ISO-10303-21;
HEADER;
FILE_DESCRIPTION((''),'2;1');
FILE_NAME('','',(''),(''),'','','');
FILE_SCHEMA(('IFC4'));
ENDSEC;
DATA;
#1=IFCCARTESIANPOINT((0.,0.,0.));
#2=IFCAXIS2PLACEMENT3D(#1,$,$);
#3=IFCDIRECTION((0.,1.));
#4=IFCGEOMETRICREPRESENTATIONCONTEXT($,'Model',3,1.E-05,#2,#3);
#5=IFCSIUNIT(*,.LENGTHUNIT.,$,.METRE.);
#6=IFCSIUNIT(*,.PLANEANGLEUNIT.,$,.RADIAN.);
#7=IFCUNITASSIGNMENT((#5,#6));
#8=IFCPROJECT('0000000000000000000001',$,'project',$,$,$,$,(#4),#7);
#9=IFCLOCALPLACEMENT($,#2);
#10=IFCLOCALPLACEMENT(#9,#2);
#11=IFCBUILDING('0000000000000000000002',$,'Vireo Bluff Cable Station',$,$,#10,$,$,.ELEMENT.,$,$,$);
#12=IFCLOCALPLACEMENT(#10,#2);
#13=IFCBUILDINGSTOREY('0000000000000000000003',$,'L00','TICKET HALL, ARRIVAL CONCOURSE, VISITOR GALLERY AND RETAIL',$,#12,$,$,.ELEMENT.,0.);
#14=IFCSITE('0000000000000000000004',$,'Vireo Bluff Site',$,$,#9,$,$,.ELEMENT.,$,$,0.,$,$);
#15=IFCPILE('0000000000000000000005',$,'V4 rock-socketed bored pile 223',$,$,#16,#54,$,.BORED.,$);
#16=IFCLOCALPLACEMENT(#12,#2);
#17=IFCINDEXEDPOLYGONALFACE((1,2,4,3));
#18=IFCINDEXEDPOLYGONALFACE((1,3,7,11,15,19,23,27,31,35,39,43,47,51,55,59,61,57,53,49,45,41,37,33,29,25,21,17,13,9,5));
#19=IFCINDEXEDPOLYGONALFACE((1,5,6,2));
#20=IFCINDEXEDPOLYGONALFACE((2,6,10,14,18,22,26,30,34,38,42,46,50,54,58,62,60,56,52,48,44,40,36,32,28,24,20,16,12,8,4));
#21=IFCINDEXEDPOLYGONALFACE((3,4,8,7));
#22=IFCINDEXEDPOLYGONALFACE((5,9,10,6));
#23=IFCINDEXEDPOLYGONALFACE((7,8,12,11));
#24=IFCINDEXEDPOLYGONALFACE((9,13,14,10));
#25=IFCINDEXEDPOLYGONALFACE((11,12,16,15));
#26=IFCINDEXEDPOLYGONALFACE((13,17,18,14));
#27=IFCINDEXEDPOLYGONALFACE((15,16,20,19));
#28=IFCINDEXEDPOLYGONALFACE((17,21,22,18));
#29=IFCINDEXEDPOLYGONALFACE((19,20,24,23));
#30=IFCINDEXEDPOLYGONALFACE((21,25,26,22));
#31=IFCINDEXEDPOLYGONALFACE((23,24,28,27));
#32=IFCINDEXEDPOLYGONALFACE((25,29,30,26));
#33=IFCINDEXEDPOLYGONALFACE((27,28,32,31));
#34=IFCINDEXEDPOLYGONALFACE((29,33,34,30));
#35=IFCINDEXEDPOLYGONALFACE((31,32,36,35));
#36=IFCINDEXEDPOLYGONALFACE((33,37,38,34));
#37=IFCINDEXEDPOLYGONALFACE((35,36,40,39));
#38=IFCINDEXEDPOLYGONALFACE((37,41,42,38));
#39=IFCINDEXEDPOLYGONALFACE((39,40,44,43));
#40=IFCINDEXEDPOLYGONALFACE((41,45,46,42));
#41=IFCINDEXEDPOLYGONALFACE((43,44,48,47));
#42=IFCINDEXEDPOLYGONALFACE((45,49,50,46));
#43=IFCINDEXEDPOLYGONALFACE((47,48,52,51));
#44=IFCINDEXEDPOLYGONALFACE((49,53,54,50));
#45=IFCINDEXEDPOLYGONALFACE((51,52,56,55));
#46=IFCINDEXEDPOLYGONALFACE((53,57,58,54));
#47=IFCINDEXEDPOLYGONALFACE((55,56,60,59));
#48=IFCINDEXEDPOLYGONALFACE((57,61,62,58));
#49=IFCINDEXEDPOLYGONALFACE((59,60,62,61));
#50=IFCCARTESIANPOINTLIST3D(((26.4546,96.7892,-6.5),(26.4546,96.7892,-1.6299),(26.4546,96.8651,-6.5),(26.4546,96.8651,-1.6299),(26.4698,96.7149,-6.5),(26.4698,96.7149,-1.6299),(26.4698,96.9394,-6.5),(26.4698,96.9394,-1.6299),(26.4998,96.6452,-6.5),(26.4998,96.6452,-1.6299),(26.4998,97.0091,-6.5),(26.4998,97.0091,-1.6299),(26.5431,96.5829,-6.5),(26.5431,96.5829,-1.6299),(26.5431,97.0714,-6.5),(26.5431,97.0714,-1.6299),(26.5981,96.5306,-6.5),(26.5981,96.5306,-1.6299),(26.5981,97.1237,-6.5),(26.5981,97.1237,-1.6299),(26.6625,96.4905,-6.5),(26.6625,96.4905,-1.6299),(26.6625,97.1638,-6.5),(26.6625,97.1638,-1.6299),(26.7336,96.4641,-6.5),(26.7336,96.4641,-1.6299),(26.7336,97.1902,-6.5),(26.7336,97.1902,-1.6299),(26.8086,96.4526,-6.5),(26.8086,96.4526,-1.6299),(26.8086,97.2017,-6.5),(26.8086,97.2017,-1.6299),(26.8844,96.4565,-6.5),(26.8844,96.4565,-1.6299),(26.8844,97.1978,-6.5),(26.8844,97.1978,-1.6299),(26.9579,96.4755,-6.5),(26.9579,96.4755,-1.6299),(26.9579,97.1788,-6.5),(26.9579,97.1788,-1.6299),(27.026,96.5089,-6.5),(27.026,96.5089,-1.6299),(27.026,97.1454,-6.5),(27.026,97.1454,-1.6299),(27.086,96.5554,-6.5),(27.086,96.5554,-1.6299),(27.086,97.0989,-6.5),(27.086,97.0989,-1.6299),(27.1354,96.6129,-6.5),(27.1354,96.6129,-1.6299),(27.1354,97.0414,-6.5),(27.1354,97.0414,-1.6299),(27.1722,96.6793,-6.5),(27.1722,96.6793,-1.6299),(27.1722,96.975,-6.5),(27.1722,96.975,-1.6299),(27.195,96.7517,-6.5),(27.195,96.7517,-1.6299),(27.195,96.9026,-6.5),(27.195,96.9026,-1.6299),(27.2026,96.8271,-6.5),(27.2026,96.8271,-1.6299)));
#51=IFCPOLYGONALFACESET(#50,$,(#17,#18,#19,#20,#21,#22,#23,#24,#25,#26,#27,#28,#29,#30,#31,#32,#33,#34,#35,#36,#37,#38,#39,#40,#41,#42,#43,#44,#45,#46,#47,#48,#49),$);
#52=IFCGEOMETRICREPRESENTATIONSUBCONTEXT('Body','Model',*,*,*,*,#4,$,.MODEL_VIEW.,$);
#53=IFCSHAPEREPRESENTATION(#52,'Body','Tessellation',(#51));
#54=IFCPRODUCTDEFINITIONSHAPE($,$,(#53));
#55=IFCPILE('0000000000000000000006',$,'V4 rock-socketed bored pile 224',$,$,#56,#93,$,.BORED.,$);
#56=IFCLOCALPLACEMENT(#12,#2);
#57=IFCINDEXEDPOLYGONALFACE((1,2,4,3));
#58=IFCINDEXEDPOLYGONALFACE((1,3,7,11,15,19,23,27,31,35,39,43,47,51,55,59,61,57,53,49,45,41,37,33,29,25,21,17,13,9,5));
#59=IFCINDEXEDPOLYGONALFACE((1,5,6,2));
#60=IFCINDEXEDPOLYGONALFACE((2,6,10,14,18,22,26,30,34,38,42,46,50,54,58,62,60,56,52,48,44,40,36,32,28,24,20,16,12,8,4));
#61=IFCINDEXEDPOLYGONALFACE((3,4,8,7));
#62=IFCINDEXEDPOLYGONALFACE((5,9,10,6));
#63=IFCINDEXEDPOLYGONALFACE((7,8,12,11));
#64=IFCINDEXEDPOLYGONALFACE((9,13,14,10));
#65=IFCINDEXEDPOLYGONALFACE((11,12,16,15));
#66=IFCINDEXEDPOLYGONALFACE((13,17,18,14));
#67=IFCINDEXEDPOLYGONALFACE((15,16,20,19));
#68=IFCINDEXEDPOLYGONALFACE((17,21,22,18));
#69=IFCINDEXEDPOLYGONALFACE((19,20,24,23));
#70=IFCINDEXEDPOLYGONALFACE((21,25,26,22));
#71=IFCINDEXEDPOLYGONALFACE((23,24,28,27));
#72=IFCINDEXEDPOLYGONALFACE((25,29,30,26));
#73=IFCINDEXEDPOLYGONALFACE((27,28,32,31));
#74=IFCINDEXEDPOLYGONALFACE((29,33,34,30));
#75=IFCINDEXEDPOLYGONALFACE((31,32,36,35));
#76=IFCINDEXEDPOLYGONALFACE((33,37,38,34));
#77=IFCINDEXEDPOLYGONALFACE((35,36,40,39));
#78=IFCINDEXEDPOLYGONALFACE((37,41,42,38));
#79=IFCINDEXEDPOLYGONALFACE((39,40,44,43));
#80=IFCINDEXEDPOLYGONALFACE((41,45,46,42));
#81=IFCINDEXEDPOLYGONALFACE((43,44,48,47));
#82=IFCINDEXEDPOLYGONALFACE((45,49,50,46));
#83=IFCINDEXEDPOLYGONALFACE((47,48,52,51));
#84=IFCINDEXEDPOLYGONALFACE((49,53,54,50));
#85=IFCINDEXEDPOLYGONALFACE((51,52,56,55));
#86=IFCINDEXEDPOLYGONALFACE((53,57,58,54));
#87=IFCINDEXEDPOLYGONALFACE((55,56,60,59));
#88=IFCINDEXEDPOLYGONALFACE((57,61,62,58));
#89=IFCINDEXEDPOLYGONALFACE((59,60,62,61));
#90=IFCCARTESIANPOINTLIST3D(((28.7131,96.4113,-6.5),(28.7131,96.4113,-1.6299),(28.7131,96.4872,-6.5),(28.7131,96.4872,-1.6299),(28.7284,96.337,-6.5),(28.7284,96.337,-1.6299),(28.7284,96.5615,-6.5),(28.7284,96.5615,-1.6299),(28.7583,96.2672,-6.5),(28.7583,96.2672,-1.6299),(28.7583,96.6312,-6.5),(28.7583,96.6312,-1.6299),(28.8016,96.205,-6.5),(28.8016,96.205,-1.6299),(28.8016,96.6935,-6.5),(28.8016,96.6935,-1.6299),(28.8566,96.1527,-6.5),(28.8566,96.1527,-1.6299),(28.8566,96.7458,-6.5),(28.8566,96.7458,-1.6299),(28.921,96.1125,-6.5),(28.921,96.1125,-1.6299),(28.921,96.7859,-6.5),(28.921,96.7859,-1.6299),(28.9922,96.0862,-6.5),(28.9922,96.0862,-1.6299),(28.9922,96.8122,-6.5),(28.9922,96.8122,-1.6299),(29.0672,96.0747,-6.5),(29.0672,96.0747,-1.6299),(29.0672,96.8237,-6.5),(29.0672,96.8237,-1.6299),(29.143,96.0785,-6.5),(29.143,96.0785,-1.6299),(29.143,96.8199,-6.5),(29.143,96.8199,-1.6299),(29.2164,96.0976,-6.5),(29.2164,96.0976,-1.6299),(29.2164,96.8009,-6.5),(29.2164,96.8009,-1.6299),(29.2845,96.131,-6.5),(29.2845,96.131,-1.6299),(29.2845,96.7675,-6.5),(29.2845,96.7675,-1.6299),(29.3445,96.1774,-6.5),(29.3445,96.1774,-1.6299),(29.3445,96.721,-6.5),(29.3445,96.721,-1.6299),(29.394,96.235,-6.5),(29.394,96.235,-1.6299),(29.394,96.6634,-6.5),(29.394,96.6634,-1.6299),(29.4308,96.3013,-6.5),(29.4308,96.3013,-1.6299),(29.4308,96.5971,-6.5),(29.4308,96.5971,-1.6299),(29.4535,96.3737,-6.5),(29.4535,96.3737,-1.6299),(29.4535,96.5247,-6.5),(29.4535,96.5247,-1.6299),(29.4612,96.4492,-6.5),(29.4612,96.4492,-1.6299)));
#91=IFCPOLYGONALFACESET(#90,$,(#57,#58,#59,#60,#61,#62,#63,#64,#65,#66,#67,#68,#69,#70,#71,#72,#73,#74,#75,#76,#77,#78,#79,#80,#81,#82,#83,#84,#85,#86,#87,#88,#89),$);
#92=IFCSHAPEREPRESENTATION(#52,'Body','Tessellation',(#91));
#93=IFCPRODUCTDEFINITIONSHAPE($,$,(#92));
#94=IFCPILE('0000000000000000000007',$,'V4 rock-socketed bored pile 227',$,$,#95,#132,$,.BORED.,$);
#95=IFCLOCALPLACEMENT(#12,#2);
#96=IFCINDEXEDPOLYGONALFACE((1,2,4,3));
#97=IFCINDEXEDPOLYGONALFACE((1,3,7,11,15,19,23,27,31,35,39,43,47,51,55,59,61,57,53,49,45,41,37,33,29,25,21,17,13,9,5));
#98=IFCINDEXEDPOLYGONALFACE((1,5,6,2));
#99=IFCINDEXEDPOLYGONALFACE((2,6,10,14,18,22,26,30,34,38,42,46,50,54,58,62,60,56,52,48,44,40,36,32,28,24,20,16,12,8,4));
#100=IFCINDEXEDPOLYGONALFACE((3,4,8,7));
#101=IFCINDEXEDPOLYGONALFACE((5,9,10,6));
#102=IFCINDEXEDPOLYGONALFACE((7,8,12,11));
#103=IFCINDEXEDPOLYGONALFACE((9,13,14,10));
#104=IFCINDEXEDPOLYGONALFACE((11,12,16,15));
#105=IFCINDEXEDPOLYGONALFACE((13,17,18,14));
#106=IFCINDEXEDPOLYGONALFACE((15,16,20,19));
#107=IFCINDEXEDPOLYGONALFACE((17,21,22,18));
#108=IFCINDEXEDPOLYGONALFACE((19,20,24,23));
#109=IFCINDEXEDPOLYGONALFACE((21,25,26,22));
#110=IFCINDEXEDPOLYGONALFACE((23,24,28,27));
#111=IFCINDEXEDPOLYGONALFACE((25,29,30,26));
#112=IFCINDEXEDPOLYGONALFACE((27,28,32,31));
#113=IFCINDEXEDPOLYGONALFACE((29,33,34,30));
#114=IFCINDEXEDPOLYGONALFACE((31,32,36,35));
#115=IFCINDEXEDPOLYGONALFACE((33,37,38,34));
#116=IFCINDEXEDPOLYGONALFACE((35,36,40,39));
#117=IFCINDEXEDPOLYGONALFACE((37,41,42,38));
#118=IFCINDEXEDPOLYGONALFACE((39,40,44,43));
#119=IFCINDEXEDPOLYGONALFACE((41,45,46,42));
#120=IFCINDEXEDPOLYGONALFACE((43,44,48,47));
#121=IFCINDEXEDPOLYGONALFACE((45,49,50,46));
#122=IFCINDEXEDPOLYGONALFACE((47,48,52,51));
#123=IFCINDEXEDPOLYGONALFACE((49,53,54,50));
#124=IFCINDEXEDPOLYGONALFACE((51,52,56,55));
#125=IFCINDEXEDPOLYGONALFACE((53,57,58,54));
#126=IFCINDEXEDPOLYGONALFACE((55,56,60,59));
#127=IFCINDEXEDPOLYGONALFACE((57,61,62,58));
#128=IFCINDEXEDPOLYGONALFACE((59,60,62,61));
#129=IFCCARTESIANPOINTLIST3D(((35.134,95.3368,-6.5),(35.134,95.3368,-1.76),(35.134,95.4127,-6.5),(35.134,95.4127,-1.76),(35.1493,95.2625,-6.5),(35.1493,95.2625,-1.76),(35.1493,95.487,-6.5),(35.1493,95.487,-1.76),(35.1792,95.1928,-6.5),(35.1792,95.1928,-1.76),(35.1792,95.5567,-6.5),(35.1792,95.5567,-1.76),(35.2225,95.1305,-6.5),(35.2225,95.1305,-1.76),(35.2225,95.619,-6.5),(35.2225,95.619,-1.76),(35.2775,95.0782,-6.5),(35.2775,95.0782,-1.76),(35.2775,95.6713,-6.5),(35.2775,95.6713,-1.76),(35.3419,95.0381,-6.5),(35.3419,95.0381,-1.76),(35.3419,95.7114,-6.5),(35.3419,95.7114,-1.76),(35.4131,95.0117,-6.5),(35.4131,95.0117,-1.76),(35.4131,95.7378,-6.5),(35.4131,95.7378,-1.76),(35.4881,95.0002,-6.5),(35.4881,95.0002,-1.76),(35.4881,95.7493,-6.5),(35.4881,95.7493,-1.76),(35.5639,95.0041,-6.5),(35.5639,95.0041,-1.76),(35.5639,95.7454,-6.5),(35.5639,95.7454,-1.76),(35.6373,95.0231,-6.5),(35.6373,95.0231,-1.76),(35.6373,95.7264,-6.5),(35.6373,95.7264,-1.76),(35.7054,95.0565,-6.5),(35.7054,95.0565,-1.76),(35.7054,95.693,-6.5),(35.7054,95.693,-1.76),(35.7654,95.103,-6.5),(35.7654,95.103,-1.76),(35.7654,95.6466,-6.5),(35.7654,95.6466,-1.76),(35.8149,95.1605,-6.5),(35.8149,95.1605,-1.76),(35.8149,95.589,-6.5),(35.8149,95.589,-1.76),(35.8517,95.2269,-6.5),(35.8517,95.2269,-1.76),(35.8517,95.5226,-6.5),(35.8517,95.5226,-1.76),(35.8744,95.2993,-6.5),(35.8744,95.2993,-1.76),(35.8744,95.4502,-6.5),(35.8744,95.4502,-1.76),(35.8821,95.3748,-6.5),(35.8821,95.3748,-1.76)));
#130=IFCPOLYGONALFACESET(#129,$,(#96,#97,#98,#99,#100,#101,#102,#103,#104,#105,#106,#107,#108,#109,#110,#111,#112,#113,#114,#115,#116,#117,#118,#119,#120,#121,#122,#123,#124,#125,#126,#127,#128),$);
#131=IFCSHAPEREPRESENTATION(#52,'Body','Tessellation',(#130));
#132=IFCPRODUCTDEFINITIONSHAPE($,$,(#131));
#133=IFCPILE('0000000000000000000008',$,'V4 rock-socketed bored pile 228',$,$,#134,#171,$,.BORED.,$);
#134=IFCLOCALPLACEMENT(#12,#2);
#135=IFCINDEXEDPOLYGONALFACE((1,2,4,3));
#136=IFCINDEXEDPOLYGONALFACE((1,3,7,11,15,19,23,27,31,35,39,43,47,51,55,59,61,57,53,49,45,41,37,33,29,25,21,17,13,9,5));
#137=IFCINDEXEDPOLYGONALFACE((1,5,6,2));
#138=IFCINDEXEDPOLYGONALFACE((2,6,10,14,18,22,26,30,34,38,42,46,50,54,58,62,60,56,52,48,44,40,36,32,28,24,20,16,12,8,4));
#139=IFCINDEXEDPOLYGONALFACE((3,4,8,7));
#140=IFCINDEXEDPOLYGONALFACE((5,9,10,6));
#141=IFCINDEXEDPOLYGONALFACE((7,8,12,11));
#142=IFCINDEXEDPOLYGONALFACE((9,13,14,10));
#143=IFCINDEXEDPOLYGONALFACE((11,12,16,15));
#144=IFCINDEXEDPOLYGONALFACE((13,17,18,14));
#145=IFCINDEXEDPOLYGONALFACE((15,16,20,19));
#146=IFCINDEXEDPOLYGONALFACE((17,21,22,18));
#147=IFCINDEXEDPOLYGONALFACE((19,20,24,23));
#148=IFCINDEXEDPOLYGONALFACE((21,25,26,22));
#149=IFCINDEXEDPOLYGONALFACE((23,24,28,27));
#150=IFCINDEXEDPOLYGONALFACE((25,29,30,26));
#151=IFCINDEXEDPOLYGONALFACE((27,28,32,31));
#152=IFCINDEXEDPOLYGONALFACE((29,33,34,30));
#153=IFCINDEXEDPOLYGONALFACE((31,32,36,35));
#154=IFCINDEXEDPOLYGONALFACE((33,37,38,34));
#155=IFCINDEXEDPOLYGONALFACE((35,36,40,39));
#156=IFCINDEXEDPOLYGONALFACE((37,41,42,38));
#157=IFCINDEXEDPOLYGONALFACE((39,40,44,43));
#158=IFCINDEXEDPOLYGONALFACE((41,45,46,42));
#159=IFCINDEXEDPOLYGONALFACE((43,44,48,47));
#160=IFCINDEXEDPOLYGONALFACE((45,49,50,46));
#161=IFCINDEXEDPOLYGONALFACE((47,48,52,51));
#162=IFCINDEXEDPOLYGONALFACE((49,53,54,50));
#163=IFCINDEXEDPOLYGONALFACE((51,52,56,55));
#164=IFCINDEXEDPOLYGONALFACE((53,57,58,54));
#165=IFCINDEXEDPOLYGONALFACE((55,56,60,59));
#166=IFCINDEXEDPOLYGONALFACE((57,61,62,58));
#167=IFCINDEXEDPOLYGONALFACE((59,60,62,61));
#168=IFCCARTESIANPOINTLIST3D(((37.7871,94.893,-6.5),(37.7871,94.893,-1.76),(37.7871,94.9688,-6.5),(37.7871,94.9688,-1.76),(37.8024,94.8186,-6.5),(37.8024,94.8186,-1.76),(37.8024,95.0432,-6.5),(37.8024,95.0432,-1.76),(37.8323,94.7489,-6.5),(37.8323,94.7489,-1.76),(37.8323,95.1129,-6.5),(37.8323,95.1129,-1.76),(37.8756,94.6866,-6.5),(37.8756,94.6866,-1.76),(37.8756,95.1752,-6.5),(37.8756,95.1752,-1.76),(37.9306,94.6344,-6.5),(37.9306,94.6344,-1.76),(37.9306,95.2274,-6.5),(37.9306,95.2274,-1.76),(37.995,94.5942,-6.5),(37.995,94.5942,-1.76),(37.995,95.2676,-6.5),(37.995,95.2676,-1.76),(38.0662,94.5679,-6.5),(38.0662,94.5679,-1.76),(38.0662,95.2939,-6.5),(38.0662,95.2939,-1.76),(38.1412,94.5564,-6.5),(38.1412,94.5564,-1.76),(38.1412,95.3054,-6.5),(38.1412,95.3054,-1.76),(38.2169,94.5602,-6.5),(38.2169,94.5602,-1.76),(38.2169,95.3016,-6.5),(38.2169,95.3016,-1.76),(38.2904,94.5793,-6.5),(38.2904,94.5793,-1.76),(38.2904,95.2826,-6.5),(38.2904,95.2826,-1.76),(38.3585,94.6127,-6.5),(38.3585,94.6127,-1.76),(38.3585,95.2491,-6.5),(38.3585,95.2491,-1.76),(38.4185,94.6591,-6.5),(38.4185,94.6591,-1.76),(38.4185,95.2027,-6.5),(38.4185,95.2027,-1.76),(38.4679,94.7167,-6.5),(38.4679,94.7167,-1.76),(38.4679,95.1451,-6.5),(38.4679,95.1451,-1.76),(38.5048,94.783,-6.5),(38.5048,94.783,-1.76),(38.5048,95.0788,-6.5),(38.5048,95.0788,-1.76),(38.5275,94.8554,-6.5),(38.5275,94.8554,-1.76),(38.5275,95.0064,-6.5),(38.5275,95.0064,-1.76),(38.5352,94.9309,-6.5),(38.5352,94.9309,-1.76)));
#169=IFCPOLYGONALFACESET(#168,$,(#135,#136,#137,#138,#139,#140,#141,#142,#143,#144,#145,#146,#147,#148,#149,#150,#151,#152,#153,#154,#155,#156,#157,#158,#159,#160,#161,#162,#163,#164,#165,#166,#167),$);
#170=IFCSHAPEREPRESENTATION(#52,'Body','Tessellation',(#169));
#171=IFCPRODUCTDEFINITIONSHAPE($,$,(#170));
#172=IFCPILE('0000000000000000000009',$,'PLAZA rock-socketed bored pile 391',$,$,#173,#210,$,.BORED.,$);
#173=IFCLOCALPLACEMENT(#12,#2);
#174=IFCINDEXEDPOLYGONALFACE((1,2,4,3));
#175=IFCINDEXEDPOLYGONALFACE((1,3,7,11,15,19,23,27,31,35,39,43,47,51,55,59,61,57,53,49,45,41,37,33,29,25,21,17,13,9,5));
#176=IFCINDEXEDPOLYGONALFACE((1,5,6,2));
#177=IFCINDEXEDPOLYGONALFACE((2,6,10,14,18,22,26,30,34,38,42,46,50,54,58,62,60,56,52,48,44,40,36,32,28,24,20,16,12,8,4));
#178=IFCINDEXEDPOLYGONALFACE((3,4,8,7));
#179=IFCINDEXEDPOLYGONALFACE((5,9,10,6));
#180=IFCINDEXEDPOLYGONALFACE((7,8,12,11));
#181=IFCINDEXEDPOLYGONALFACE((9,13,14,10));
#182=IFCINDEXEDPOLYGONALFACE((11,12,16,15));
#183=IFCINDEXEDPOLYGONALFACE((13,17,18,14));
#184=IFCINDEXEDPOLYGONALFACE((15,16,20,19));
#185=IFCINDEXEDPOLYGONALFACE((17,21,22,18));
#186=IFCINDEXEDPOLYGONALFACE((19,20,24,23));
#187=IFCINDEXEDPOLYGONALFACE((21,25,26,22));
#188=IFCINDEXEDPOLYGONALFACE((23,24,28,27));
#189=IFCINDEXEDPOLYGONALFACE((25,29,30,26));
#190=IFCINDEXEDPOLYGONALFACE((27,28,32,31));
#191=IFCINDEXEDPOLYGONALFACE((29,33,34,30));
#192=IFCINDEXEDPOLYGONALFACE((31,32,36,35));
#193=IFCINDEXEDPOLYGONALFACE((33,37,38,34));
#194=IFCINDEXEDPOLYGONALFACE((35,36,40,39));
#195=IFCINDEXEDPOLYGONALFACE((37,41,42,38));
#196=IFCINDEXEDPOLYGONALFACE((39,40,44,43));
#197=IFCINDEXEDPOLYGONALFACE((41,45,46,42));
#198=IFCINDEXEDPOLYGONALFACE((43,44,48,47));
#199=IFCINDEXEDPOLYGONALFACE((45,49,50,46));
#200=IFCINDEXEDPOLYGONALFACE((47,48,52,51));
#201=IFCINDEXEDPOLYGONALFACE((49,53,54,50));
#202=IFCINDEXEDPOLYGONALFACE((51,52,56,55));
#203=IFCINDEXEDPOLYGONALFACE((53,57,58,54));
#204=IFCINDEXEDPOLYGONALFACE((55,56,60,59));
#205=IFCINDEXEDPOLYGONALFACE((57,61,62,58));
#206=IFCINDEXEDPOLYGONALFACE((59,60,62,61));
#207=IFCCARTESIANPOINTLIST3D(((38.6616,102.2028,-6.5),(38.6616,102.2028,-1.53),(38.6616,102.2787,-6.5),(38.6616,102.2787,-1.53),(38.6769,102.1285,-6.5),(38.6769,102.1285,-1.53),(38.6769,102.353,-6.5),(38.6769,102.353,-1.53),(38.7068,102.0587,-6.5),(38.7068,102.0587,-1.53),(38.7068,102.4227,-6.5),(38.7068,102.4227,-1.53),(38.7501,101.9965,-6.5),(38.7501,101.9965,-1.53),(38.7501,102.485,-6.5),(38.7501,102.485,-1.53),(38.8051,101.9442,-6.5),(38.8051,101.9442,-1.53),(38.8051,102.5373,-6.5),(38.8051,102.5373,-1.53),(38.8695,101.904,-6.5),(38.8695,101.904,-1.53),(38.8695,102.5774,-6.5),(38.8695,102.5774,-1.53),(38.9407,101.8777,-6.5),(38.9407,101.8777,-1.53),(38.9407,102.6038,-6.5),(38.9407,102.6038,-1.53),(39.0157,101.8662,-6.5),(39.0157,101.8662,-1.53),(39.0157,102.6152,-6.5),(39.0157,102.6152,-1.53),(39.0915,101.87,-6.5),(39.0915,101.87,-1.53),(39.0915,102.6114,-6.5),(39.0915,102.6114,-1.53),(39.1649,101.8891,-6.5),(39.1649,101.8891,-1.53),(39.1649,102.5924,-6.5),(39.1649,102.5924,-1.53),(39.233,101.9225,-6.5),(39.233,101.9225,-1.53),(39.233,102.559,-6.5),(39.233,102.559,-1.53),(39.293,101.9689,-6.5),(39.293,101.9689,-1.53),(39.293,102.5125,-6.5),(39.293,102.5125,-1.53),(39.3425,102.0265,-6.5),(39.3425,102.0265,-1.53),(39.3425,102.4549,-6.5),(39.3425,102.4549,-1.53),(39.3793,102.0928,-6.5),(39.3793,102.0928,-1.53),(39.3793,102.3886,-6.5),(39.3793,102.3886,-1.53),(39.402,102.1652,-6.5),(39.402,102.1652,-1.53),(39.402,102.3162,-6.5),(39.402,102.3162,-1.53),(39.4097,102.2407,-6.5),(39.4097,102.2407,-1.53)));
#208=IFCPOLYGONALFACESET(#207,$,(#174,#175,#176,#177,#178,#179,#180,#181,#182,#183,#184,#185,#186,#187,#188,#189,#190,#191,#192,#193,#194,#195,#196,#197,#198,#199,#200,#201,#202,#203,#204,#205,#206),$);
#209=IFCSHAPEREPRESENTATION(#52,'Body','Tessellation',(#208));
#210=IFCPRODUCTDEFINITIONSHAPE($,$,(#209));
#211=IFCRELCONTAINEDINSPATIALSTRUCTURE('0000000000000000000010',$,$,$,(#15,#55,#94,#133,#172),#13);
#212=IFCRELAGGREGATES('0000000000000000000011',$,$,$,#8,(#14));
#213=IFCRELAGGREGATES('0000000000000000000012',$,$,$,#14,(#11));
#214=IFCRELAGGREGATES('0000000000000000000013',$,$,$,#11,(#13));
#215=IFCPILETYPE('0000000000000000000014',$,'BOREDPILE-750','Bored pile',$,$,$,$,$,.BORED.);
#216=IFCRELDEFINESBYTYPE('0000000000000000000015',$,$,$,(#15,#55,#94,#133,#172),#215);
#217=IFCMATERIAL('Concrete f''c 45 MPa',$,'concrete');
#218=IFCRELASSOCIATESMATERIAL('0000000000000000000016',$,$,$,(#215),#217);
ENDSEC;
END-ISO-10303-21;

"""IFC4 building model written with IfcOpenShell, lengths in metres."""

from ifc_helpers import new_model, si_unit, direction, frame, origin, origin_2d, place, context, subcontext, project, spatial, circle, extrude, material, material_profile, profile_set, type_object, element, save


model = new_model("IFC4")

# Units and contexts
model_context = context("Model", 3, precision=1e-05, world=origin(), true_north=direction((0.0, 1.0)))
body_context = subcontext(model_context, "Body", "Model", "MODEL_VIEW")
ifc_project = project(units=[si_unit("LENGTHUNIT", "METRE"), si_unit("PLANEANGLEUNIT", "RADIAN")], contexts=[model_context])

# Site, building, storey
site_placement = place(None, origin())
site = spatial("IfcSite", under=ifc_project, at=site_placement, Name="Vireo Bluff Site", CompositionType="ELEMENT", RefElevation=0.0)
building_placement = place(site_placement, origin())
building = spatial("IfcBuilding", under=site, at=building_placement, Name="Vireo Bluff Cable Station", CompositionType="ELEMENT")
storey_placement = place(building_placement, origin())
storey = spatial("IfcBuildingStorey", under=building, at=storey_placement, Name="L00", Description="TICKET HALL, ARRIVAL CONCOURSE, VISITOR GALLERY AND RETAIL", CompositionType="ELEMENT", Elevation=0.0)

# Piles
ifc_material_1 = material(Name="Concrete f'c 45 MPa", Category="concrete")
ifc_material_profile_1 = material_profile(ifc_material_1, circle(Radius=0.375, at=origin_2d()), Name="BOREDPILE-750")
ifc_profile_set_1 = profile_set([ifc_material_profile_1], Name="Concrete f'c 45 MPa")
pile_type = type_object("IfcPileType", Name="BOREDPILE-750", Description="Bored pile", PredefinedType="BORED", material=ifc_profile_set_1)
for number, where, z_axis, x_axis, name in (
    (1, (26.8276, 96.8271, -1.6299), (0.0, 0.0, -1.0), (1.0, 0.0, 0.0), "V4 rock-socketed bored pile 223"),
    (2, (29.0862, 96.4492, -1.6299), (0.0, 0.0, -1.0), (1.0, 0.0, 0.0), "V4 rock-socketed bored pile 224"),
):
    element("IfcPile", number, at=place(storey_placement, frame(where, z_axis=z_axis, x_axis=x_axis)), inside=storey, type_object=pile_type, Name=name, PredefinedType="BORED", context=body_context, shape_type="SweptSolid", body=[
        extrude(circle(Radius=0.375, at=origin_2d()), origin(), (0.0, 0.0, 1.0), 4.8701),
    ])
for number, where, z_axis, x_axis, name in (
    (3, (35.5071, 95.3748, -1.76), (0.0, 0.0, -1.0), (1.0, 0.0, 0.0), "V4 rock-socketed bored pile 227"),
    (4, (38.1602, 94.9309, -1.76), (0.0, 0.0, -1.0), (1.0, 0.0, 0.0), "V4 rock-socketed bored pile 228"),
):
    element("IfcPile", number, at=place(storey_placement, frame(where, z_axis=z_axis, x_axis=x_axis)), inside=storey, type_object=pile_type, Name=name, PredefinedType="BORED", context=body_context, shape_type="SweptSolid", body=[
        extrude(circle(Radius=0.375, at=origin_2d()), origin(), (0.0, 0.0, 1.0), 4.74),
    ])
for number, where, z_axis, x_axis, name in (
    (5, (39.0347, 102.2407, -1.53), (0.0, 0.0, -1.0), (1.0, 0.0, 0.0), "PLAZA rock-socketed bored pile 391"),
):
    element("IfcPile", number, at=place(storey_placement, frame(where, z_axis=z_axis, x_axis=x_axis)), inside=storey, type_object=pile_type, Name=name, PredefinedType="BORED", context=body_context, shape_type="SweptSolid", body=[
        extrude(circle(Radius=0.375, at=origin_2d()), origin(), (0.0, 0.0, 1.0), 4.97),
    ])

save(model, "model.ifc")
